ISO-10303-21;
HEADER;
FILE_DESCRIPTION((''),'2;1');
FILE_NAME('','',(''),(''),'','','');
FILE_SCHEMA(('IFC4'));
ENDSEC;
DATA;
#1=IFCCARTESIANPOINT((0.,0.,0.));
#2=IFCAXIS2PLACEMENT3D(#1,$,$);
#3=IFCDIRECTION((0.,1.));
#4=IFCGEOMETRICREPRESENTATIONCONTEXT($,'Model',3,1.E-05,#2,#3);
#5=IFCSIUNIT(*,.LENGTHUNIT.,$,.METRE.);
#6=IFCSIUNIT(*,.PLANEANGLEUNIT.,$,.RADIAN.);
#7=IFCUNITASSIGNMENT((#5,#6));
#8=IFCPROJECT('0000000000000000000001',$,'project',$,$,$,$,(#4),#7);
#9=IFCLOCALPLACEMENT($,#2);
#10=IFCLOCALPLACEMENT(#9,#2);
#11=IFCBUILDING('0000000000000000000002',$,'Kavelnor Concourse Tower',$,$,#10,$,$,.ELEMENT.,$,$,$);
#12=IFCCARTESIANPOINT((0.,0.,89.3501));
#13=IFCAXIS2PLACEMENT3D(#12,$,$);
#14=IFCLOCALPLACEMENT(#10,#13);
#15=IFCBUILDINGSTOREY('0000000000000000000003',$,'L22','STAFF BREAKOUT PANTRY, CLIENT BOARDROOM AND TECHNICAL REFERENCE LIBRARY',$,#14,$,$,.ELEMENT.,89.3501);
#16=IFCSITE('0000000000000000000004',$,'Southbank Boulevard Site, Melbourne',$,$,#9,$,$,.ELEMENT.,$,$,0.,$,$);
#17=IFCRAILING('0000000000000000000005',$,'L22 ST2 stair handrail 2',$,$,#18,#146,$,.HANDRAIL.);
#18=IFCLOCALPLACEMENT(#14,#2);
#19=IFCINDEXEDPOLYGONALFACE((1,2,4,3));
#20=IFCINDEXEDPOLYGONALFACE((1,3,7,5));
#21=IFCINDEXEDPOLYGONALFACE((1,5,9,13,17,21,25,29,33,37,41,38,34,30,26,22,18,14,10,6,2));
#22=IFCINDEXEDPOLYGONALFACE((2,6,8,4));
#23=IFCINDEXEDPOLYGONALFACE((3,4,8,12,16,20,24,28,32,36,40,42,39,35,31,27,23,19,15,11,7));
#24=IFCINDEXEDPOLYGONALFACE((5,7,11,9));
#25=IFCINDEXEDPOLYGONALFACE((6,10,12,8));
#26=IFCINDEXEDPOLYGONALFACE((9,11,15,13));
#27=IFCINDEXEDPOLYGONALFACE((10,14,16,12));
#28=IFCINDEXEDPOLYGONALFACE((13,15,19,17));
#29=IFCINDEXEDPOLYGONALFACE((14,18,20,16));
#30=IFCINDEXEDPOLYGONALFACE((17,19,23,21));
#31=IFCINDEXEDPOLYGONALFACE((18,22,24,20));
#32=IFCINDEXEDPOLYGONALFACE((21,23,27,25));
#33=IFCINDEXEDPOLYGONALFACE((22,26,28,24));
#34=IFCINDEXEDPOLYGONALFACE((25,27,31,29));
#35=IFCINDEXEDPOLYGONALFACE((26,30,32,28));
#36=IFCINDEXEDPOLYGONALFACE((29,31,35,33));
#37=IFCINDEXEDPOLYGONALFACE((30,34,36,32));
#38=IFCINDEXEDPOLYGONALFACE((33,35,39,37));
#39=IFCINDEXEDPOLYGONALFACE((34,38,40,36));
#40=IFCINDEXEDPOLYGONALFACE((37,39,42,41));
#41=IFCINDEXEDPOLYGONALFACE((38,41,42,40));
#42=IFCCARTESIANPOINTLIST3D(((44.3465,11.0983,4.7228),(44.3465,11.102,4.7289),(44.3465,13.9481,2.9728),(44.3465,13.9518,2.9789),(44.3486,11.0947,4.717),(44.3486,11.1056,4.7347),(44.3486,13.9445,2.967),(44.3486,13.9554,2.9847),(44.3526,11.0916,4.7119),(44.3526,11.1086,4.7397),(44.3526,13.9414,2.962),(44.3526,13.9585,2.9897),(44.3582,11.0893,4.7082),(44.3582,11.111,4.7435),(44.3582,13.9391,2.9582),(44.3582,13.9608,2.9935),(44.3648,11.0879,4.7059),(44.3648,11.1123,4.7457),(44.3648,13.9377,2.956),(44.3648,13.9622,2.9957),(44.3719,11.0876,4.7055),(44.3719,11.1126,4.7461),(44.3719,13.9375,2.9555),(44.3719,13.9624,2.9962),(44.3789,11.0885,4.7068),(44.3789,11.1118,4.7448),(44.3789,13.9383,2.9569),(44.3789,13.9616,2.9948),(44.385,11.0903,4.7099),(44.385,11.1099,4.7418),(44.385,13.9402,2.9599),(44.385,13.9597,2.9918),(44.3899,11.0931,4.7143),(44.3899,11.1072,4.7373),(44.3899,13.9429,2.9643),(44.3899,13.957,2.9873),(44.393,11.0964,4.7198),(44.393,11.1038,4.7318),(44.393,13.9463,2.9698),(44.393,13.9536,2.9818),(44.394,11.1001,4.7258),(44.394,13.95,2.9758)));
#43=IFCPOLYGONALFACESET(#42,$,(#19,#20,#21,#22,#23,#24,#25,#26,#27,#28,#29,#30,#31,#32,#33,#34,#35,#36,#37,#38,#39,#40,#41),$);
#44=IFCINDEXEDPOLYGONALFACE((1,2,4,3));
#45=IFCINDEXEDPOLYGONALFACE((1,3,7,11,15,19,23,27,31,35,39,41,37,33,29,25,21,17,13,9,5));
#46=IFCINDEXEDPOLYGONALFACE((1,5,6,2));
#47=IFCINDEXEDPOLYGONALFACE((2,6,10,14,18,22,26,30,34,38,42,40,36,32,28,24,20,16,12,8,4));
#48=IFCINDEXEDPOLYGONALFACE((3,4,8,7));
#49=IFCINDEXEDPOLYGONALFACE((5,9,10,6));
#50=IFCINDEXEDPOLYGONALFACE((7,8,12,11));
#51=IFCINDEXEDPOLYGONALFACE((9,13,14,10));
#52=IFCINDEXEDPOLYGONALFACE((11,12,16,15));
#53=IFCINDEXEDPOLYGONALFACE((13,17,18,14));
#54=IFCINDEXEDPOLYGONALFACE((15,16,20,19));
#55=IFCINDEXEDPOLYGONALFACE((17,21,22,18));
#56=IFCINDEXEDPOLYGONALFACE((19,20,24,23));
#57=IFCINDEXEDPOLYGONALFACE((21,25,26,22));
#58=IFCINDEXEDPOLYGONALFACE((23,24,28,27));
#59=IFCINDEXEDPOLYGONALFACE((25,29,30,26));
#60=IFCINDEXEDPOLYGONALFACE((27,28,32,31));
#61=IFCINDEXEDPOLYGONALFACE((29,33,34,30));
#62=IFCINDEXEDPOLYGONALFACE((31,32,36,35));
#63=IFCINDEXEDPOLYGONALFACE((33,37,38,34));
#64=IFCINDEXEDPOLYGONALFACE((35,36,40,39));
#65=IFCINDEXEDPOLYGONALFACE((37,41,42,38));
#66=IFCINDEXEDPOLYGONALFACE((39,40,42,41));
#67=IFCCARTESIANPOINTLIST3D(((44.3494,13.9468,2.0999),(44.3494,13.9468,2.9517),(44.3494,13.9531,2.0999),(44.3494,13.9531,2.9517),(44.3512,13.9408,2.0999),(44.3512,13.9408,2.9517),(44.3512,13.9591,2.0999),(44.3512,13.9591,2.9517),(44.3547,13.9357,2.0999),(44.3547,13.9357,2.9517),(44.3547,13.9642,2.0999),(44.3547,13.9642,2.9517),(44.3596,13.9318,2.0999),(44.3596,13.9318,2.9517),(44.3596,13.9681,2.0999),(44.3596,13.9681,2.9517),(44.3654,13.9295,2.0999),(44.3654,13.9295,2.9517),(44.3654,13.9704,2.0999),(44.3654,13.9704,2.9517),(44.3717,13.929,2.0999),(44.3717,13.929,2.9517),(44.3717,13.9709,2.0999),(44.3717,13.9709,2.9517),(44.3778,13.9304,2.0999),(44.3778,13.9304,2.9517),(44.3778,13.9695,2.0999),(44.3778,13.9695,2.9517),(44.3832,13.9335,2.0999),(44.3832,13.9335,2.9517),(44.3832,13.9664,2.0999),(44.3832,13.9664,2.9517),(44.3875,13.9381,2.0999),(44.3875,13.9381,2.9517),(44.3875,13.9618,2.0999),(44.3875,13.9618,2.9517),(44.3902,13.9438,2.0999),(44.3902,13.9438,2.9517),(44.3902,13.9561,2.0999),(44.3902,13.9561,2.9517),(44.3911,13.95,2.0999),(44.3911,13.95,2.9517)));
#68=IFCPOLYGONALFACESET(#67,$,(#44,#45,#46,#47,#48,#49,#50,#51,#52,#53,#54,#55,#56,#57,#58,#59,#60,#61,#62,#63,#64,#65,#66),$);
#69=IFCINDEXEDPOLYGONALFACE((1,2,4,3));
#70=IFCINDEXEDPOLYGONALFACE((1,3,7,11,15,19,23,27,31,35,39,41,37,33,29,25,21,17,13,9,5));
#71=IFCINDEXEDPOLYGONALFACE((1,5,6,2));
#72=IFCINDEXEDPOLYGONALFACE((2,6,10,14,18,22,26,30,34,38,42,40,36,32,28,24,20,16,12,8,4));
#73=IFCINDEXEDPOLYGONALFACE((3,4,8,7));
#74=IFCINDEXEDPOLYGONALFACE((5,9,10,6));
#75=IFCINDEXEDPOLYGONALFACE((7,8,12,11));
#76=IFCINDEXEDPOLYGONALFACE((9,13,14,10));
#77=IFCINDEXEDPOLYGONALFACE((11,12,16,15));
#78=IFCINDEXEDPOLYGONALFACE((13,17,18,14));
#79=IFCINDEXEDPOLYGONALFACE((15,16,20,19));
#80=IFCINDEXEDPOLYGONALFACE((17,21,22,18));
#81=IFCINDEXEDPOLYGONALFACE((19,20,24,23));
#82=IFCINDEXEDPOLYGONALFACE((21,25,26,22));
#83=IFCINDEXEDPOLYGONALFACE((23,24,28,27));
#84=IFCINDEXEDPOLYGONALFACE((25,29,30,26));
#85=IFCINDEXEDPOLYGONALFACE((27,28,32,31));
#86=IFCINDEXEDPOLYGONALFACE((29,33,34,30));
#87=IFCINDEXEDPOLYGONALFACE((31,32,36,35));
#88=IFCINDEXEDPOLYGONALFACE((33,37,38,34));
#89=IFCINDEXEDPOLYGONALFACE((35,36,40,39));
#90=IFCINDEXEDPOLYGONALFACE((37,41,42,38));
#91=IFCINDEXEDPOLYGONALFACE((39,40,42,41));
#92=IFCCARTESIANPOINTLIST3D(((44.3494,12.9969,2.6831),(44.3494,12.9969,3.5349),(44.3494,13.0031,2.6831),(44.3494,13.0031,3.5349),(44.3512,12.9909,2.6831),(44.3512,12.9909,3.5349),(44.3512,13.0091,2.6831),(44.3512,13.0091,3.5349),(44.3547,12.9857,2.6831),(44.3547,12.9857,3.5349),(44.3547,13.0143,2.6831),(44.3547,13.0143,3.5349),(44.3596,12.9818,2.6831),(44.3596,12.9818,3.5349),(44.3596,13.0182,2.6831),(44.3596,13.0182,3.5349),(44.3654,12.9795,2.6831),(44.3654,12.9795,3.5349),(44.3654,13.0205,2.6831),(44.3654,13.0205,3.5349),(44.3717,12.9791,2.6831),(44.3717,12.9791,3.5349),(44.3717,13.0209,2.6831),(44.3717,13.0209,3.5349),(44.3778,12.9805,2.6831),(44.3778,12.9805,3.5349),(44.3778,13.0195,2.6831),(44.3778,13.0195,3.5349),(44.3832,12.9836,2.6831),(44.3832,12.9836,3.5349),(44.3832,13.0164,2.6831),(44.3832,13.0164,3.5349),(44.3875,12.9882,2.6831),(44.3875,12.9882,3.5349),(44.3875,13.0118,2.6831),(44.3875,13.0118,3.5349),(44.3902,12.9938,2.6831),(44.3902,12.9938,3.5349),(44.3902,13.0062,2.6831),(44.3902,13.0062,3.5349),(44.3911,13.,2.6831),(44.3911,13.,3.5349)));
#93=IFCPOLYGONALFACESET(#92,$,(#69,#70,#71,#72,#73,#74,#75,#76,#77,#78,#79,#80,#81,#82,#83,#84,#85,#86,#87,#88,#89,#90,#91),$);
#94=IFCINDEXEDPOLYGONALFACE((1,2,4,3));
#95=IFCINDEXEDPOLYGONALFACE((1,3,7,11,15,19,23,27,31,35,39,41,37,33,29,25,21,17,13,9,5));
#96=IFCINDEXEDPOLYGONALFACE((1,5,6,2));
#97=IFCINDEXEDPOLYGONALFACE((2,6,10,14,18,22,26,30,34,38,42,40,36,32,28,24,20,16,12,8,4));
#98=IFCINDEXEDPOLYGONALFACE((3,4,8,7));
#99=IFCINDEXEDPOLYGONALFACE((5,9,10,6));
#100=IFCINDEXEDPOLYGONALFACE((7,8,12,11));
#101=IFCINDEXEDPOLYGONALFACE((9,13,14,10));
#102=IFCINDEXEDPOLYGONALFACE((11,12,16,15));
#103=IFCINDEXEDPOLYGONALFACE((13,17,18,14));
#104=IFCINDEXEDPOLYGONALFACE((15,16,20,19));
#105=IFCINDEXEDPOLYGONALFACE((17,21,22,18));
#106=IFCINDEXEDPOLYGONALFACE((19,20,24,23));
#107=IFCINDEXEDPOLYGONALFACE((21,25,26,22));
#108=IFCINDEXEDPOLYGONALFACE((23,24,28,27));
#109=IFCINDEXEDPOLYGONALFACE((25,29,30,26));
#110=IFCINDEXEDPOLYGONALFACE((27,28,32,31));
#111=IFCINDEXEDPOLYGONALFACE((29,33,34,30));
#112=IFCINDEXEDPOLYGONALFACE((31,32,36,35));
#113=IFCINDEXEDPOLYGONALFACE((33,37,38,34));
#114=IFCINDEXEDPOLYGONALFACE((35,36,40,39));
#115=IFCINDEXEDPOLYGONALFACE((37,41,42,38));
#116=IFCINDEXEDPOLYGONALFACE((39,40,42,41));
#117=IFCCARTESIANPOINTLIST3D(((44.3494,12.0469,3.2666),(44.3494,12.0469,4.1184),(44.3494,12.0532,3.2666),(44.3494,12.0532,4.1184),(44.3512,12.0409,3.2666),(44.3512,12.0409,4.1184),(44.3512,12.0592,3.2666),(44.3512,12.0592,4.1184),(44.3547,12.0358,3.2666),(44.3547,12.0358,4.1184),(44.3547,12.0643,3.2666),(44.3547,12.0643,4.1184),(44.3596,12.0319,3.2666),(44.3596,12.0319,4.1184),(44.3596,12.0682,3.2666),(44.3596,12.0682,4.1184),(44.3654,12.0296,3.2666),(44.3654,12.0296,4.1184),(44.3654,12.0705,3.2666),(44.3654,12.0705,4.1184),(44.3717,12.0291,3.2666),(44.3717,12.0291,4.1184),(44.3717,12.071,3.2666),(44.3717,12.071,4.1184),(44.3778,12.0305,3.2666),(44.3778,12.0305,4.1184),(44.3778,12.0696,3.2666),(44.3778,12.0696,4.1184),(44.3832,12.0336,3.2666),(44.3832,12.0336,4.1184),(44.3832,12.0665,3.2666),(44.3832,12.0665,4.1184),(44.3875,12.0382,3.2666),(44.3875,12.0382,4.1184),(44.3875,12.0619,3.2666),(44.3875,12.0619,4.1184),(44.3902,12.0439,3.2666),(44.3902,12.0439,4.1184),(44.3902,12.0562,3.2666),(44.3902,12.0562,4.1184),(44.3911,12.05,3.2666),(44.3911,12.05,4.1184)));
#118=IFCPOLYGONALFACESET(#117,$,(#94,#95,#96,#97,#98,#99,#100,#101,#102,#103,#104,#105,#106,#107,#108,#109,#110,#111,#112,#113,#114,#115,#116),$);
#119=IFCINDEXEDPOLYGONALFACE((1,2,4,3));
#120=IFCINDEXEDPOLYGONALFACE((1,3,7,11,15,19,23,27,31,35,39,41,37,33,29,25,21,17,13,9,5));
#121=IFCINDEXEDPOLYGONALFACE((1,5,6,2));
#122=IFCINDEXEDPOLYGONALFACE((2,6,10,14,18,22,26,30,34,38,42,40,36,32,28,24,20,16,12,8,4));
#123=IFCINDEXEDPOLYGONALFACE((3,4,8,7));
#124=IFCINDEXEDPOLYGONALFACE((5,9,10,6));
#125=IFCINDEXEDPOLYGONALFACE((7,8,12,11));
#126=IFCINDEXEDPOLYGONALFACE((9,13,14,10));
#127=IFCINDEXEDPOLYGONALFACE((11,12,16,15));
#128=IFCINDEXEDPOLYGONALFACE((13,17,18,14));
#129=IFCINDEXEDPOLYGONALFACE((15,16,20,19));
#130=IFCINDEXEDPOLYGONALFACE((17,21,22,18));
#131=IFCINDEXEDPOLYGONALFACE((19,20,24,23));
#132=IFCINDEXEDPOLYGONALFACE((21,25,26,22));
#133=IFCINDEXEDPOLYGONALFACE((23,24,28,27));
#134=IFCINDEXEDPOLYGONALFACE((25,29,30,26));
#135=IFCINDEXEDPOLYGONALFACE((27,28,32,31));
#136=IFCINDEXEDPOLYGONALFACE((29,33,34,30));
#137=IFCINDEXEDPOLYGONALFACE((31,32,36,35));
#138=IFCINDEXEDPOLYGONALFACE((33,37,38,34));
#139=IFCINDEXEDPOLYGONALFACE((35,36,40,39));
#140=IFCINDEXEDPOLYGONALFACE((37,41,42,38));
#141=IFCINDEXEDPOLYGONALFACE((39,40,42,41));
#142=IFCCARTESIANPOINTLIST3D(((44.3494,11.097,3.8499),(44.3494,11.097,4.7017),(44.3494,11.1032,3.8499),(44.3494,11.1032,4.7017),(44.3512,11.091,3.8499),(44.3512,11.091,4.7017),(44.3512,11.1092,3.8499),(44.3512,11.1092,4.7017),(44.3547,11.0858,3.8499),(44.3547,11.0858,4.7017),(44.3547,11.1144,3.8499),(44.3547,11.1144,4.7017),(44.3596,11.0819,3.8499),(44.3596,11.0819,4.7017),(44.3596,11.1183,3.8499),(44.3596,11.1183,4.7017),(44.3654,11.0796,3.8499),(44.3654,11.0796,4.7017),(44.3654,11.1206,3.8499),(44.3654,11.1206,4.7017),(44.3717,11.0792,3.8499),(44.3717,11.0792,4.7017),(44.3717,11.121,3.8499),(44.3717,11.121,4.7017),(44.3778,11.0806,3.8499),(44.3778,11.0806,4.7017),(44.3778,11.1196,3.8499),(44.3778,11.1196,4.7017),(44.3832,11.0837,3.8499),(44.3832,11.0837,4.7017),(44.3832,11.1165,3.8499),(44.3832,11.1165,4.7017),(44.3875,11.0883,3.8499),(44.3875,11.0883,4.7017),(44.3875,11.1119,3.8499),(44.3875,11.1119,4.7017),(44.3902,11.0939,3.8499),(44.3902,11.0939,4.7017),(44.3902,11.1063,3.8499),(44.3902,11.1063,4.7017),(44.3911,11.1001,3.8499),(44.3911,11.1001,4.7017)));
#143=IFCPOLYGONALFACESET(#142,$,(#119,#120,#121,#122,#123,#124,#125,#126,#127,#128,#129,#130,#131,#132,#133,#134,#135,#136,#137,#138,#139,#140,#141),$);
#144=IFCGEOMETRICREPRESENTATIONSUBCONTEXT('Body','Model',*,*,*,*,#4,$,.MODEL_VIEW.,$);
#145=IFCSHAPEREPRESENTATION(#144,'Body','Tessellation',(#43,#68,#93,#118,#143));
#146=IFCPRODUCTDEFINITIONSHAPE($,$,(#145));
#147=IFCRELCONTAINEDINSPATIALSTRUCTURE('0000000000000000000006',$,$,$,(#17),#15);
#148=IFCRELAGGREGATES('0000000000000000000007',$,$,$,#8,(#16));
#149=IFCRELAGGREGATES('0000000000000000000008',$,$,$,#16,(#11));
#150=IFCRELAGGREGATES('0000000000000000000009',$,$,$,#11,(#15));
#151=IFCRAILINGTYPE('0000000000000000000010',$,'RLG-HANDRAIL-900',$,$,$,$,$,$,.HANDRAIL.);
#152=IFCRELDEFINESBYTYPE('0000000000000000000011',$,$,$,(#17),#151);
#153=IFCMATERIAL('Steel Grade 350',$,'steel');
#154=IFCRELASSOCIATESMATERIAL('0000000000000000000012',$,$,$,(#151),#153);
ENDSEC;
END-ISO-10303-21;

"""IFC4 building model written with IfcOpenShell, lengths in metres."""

from ifc_helpers import new_model, si_unit, direction, frame, origin, origin_2d, place, context, subcontext, project, spatial, circle, extrude, material, type_object, element, save


model = new_model("IFC4")

# Units and contexts
model_context = context("Model", 3, precision=1e-05, world=origin(), true_north=direction((0.0, 1.0)))
body_context = subcontext(model_context, "Body", "Model", "MODEL_VIEW")
ifc_project = project(units=[si_unit("LENGTHUNIT", "METRE"), si_unit("PLANEANGLEUNIT", "RADIAN")], contexts=[model_context])

# Site, building, storey
site_placement = place(None, origin())
site = spatial("IfcSite", under=ifc_project, at=site_placement, Name="Southbank Boulevard Site, Melbourne", CompositionType="ELEMENT", RefElevation=0.0)
building_placement = place(site_placement, origin())
building = spatial("IfcBuilding", under=site, at=building_placement, Name="Kavelnor Concourse Tower", CompositionType="ELEMENT")
storey_placement = place(building_placement, frame((0.0, 0.0, 89.3501)))
storey = spatial("IfcBuildingStorey", under=building, at=storey_placement, Name="L22", Description="STAFF BREAKOUT PANTRY, CLIENT BOARDROOM AND TECHNICAL REFERENCE LIBRARY", CompositionType="ELEMENT", Elevation=89.3501)

# Shared definitions
ifc_material_1 = material(Name="Steel Grade 350", Category="steel")

# Railing
railing_type_1 = type_object("IfcRailingType", Name="RLG-HANDRAIL-900", PredefinedType="HANDRAIL", material=ifc_material_1)
railing_1_placement = place(storey_placement, frame((44.3701, 13.95, 2.0999)))
element("IfcRailing", 1, at=railing_1_placement, inside=storey, type_object=railing_type_1, Name="L22 ST2 stair handrail 2", PredefinedType="HANDRAIL", context=body_context, shape_type="SweptSolid", body=[
    extrude(circle(Radius=0.0239, at=origin_2d()), frame((0.0, 0.0, 0.876), z_axis=(0.0, -0.852159, 0.523283), x_axis=(1.0, 0.0, 0.0)), (0.0, 0.0, 1.0), 3.3442),
    extrude(circle(Radius=0.021, at=origin_2d()), origin(), (0.0, 0.0, 1.0), 0.8518),
    extrude(circle(Radius=0.021, at=origin_2d()), frame((0.0, -0.95, 0.5833)), (0.0, 0.0, 1.0), 0.8518),
    extrude(circle(Radius=0.021, at=origin_2d()), frame((0.0, -1.8999, 1.1667)), (0.0, 0.0, 1.0), 0.8518),
    extrude(circle(Radius=0.021, at=origin_2d()), frame((0.0, -2.8499, 1.75)), (0.0, 0.0, 1.0), 0.8518),
])

save(model, "model.ifc")
